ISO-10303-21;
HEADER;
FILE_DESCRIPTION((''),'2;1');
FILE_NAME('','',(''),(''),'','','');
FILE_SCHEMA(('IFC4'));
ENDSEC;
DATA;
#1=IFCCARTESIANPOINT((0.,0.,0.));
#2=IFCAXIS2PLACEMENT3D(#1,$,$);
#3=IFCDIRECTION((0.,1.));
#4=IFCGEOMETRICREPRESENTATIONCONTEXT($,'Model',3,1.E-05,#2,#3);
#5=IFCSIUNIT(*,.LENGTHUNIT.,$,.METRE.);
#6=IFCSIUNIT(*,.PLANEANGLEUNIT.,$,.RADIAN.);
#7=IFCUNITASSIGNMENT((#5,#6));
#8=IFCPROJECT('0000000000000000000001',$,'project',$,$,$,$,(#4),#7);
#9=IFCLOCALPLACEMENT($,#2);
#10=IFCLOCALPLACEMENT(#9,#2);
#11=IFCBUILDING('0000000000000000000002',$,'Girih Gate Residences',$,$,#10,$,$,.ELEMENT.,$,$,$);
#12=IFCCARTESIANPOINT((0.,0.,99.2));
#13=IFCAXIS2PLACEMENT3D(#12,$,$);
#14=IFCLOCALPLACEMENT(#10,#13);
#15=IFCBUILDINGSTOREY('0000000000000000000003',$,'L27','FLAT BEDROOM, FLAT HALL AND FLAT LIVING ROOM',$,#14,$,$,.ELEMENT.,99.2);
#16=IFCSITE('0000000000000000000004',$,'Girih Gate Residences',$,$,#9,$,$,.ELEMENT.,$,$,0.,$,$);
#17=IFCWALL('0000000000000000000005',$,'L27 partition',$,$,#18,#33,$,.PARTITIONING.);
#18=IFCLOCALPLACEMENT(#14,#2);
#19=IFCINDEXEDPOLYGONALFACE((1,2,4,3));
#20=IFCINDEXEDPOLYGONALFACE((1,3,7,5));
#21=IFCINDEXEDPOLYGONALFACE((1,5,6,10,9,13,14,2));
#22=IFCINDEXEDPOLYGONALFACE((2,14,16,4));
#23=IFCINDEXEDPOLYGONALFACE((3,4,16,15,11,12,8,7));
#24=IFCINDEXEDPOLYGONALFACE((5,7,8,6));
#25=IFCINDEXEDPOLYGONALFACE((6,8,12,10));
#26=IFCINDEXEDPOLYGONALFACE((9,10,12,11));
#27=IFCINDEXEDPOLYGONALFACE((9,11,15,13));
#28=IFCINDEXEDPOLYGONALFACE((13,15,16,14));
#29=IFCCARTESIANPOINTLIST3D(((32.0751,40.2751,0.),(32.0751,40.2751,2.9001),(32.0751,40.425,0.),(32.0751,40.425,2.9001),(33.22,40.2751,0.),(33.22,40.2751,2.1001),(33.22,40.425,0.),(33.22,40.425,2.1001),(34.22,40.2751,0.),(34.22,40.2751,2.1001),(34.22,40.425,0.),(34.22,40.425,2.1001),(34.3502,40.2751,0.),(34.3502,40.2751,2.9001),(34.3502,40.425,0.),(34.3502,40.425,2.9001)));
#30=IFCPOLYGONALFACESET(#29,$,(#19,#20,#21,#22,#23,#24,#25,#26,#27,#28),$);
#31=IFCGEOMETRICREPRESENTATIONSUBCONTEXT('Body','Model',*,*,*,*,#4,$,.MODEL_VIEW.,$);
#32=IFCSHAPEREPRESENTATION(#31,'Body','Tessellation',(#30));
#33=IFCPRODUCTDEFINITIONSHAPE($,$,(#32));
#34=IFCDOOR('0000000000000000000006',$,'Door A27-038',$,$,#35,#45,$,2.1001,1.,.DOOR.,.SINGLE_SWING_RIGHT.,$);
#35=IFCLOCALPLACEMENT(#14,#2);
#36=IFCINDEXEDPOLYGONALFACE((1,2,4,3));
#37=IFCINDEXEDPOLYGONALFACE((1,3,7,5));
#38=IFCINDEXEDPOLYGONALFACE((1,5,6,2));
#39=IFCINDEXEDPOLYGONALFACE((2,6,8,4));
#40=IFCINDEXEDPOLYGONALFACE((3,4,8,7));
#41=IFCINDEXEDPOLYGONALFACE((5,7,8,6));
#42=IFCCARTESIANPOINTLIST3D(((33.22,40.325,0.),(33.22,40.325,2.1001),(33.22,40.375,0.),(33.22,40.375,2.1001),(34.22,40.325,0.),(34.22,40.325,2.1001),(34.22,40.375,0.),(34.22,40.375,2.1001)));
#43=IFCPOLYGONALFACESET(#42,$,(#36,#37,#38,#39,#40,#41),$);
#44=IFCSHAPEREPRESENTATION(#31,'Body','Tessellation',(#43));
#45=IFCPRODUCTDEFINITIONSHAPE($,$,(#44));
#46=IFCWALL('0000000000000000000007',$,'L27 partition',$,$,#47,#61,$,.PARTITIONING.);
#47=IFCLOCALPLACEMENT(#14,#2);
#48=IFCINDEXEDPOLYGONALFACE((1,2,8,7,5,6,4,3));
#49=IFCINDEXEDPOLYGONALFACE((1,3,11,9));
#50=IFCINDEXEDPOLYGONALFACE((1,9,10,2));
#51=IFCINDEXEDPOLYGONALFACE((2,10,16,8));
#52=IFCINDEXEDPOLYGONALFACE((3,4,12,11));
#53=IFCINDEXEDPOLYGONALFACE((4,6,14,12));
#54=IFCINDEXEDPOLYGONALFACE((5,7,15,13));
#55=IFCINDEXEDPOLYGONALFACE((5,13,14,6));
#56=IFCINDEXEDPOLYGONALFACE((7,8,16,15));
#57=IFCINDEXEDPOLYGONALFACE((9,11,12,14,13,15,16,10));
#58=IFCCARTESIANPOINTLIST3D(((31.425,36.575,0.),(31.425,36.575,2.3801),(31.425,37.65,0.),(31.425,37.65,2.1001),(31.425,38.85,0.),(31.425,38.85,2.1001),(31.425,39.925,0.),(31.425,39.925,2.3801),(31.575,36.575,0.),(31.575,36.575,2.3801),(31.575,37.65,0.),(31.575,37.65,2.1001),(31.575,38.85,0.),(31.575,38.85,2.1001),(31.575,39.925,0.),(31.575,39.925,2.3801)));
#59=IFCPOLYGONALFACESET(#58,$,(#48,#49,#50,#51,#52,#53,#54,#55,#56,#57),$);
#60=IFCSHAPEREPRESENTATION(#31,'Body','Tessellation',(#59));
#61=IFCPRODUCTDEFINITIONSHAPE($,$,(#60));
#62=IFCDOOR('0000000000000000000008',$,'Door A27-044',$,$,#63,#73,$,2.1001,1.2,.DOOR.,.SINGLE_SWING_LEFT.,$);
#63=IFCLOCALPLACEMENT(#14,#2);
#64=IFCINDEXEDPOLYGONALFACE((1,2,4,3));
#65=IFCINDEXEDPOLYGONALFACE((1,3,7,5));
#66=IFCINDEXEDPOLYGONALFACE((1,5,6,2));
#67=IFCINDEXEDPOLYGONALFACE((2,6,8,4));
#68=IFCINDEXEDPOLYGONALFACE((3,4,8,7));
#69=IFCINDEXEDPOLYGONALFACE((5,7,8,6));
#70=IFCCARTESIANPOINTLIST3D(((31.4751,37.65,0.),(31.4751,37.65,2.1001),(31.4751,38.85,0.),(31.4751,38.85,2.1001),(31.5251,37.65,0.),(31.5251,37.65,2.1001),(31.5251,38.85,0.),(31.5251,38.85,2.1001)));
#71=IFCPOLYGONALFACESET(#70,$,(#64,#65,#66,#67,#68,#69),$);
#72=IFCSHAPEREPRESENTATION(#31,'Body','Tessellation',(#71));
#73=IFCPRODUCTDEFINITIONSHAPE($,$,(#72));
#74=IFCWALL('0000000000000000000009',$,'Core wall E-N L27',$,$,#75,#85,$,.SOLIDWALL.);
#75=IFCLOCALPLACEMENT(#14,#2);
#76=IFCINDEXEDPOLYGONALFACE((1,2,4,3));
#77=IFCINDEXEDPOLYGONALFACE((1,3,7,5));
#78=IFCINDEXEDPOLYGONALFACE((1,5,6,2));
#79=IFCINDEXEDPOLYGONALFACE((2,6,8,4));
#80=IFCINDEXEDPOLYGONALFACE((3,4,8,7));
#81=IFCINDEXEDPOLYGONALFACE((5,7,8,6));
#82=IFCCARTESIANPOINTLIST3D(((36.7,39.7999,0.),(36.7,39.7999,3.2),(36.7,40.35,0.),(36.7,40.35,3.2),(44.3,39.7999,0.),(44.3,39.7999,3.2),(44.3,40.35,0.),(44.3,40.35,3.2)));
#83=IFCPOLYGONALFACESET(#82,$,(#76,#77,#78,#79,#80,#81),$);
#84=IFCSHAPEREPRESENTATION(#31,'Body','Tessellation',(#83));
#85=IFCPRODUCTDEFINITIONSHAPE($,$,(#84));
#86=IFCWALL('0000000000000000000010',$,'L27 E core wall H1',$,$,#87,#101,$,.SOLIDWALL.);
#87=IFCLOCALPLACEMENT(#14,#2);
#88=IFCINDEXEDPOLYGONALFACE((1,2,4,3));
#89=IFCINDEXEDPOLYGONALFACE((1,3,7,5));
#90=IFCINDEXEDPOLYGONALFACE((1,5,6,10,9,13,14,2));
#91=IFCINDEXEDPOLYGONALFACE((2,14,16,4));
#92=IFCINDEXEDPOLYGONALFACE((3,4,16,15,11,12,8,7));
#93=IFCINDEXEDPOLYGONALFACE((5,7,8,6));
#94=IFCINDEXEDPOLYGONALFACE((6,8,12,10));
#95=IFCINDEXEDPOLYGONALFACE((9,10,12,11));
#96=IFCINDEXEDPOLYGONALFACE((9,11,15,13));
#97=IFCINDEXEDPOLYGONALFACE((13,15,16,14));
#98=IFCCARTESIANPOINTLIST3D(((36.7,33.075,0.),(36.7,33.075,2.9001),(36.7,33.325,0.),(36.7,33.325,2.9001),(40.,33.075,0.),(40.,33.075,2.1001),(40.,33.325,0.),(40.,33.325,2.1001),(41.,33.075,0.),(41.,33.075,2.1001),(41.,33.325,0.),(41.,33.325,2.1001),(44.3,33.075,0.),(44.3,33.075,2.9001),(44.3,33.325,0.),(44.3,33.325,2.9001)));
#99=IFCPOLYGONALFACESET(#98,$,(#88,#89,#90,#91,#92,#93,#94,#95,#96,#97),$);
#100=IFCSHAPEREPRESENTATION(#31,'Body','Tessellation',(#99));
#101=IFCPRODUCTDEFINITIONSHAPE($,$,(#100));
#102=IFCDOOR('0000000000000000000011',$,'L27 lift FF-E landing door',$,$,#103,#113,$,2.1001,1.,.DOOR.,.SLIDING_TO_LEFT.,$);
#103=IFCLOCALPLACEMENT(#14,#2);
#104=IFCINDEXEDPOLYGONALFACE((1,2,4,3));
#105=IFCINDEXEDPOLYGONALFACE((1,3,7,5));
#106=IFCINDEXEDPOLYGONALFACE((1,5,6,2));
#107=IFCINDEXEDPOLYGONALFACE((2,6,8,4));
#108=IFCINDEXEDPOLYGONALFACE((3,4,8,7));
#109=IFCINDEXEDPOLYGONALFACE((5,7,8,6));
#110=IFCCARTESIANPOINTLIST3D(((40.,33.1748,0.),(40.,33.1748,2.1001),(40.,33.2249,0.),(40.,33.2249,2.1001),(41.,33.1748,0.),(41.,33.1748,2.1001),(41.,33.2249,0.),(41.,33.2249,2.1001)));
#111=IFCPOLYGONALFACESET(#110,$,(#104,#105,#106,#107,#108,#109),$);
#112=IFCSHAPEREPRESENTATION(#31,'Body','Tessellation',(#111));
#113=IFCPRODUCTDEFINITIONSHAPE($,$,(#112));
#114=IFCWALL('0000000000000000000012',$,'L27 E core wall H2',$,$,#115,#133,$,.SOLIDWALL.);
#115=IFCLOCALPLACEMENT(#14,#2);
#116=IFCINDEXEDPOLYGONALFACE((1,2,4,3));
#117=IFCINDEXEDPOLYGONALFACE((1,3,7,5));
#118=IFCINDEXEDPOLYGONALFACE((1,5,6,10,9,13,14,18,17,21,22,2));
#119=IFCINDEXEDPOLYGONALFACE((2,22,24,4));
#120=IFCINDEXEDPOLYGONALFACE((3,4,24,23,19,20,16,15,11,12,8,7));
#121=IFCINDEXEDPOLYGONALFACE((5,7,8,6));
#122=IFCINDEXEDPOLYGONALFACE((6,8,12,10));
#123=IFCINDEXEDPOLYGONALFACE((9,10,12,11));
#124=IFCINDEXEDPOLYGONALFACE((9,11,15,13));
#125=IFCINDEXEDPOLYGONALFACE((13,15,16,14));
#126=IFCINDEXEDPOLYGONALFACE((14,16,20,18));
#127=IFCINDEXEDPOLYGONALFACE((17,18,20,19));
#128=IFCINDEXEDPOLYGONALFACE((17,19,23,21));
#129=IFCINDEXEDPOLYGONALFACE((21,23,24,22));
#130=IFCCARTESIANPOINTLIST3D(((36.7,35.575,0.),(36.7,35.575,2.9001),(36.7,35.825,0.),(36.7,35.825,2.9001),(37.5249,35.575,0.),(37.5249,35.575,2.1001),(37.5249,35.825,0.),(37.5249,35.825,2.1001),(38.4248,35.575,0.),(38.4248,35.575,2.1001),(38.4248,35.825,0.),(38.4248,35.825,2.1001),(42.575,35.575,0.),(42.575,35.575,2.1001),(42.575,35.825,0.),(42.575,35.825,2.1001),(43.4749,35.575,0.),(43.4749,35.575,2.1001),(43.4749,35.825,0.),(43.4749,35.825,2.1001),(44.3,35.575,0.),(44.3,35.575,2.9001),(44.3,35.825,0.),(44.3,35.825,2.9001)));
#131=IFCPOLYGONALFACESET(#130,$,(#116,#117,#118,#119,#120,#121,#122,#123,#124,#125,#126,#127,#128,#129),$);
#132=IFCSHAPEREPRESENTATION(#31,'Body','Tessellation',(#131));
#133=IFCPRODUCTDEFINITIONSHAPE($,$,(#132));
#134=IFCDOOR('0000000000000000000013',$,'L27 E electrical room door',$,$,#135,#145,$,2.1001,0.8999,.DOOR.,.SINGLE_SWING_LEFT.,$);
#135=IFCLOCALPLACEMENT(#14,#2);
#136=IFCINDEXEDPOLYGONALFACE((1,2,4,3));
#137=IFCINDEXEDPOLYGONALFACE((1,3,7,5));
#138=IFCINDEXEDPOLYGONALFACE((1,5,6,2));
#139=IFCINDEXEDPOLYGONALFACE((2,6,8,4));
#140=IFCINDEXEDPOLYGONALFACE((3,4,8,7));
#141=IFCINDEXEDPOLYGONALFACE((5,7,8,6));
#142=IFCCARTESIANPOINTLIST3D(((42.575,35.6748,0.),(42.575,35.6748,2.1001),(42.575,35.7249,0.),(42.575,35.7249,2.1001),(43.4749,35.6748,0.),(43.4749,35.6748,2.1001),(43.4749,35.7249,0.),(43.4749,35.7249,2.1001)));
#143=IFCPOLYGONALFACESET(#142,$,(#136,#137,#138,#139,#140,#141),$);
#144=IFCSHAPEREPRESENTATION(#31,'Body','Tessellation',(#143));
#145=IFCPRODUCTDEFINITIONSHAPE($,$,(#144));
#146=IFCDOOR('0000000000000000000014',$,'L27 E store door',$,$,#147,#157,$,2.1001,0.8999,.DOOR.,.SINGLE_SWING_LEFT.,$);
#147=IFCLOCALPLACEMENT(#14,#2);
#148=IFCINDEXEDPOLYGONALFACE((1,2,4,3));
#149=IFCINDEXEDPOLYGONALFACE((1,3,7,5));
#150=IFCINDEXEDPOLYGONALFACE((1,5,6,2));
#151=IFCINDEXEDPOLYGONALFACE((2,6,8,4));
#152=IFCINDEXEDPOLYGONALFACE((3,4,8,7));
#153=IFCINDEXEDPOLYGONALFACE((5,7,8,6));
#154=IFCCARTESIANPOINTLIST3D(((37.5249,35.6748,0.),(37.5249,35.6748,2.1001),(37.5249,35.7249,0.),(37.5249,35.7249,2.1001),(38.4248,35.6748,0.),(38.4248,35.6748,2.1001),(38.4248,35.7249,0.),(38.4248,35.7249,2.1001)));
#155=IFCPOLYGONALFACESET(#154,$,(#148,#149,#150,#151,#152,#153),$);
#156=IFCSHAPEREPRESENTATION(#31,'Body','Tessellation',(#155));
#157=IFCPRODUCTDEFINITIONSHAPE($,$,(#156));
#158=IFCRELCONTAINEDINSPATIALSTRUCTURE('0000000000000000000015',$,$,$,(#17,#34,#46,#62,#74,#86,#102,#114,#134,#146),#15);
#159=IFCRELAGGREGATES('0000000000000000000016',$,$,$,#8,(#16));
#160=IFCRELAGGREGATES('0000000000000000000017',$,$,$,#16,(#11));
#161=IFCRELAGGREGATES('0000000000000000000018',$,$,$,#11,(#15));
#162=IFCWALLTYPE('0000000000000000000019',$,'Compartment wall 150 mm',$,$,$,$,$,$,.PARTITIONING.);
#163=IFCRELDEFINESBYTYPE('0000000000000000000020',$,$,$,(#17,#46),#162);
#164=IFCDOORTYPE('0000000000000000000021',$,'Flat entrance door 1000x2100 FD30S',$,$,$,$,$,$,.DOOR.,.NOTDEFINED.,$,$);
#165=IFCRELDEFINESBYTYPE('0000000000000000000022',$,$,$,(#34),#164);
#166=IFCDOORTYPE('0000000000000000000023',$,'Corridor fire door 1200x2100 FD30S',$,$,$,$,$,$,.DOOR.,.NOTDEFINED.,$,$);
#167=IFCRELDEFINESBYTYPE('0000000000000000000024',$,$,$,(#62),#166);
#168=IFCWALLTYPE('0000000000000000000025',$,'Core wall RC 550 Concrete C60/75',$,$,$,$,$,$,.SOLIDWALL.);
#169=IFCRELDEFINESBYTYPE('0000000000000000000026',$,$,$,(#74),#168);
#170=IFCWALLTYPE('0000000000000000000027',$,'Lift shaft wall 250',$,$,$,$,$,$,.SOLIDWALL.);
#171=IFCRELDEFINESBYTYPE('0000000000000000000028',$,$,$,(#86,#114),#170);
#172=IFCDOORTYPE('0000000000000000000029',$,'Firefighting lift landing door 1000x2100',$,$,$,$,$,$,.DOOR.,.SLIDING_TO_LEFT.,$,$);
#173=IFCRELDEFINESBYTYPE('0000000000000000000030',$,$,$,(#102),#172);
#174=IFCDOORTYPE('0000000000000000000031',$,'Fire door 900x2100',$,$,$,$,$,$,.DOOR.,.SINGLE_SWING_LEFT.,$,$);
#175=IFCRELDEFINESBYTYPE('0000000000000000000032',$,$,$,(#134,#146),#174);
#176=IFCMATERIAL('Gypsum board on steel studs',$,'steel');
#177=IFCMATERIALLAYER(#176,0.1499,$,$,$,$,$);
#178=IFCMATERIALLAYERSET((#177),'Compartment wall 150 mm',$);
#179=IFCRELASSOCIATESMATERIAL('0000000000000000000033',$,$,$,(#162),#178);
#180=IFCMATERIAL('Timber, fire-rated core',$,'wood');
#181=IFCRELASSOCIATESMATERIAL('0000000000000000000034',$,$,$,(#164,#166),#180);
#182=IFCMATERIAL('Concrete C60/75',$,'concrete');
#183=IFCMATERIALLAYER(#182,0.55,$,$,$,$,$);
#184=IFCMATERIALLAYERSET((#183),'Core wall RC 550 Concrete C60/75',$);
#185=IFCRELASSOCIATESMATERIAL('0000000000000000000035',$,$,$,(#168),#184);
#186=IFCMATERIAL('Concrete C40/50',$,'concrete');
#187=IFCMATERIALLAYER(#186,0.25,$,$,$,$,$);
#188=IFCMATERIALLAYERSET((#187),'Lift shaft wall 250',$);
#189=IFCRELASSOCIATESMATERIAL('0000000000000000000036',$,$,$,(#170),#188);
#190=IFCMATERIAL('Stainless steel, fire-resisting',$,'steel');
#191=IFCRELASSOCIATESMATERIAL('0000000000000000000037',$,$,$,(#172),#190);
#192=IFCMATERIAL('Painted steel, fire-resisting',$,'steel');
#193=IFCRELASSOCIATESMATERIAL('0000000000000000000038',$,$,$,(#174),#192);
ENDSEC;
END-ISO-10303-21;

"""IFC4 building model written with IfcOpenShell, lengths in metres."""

from ifc_helpers import new_model, si_unit, direction, frame, frame_2d, origin, place, context, subcontext, project, spatial, rectangle, extrude, material, layer, layer_set, type_object, element, fill, save


model = new_model("IFC4")

# Units and contexts
model_context = context("Model", 3, precision=1e-05, world=origin(), true_north=direction((0.0, 1.0)))
body_context = subcontext(model_context, "Body", "Model", "MODEL_VIEW")
ifc_project = project(units=[si_unit("LENGTHUNIT", "METRE"), si_unit("PLANEANGLEUNIT", "RADIAN")], contexts=[model_context])

# Site, building, storey
site_placement = place(None, origin())
site = spatial("IfcSite", under=ifc_project, at=site_placement, Name="Girih Gate Residences", CompositionType="ELEMENT", RefElevation=0.0)
building_placement = place(site_placement, origin())
building = spatial("IfcBuilding", under=site, at=building_placement, Name="Girih Gate Residences", CompositionType="ELEMENT")
storey_placement = place(building_placement, frame((0.0, 0.0, 99.2)))
storey = spatial("IfcBuildingStorey", under=building, at=storey_placement, Name="L27", Description="FLAT BEDROOM, FLAT HALL AND FLAT LIVING ROOM", CompositionType="ELEMENT", Elevation=99.2)

# Walls, openings, doors
ifc_material_1 = material(Name="Gypsum board on steel studs", Category="steel")
ifc_layer_1 = layer(ifc_material_1, 0.1499)
ifc_layer_set_1 = layer_set([ifc_layer_1], Name="Compartment wall 150 mm")
wall_type_1 = type_object("IfcWallType", Name="Compartment wall 150 mm", PredefinedType="PARTITIONING", material=ifc_layer_set_1)
wall_1_placement = place(storey_placement, frame((32.075, 40.3501, 0.0), z_axis=(0.0, 0.0, 1.0), x_axis=(1.0, 0.0, 0.0)))
wall_1 = element("IfcWall", 1, at=wall_1_placement, inside=storey, type_object=wall_type_1, Name="L27 partition", PredefinedType="PARTITIONING", context=body_context, shape_type="SweptSolid", body=[
    extrude(rectangle(XDim=2.2751, YDim=0.1499, at=frame_2d((1.1377, 0.0))), origin(), (0.0, 0.0, 1.0), 2.9001),
])
opening_1_placement = place(wall_1_placement, frame((1.145, 0.0, 0.0)))
opening_1 = element("IfcOpeningElement", 2, at=opening_1_placement, cuts=wall_1, PredefinedType="OPENING", context=body_context, shape_type="SweptSolid", body=[
    extrude(rectangle(XDim=1.0, YDim=2.1001, at=frame_2d((0.5, 1.05))), frame((0.0, 0.085, 0.0), z_axis=(0.0, -1.0, 0.0), x_axis=(1.0, 0.0, 0.0)), (0.0, 0.0, 1.0), 0.1699),
])
ifc_material_2 = material(Name="Timber, fire-rated core", Category="wood")
door_type_1 = type_object("IfcDoorType", Name="Flat entrance door 1000x2100 FD30S", OperationType="NOTDEFINED", PredefinedType="DOOR", material=ifc_material_2)
door_1_placement = place(opening_1_placement, origin())
door_1 = element("IfcDoor", 3, at=door_1_placement, inside=storey, type_object=door_type_1, Name="Door A27-038", OperationType="SINGLE_SWING_RIGHT", OverallHeight=2.1001, OverallWidth=1.0, PredefinedType="DOOR", context=body_context, shape_type="SweptSolid", body=[
    extrude(rectangle(XDim=1.0, YDim=2.1001, at=frame_2d((0.5, 1.05))), frame((0.0, 0.0249, 0.0), z_axis=(0.0, -1.0, 0.0), x_axis=(1.0, 0.0, 0.0)), (0.0, 0.0, 1.0), 0.05),
])
fill(opening_1, door_1)
wall_2_placement = place(storey_placement, frame((31.5, 36.575, 0.0), z_axis=(0.0, 0.0, 1.0), x_axis=(0.0, 1.0, 0.0)))
wall_2 = element("IfcWall", 4, at=wall_2_placement, inside=storey, type_object=wall_type_1, Name="L27 partition", PredefinedType="PARTITIONING", context=body_context, shape_type="SweptSolid", body=[
    extrude(rectangle(XDim=3.3501, YDim=0.1499, at=frame_2d((1.675, 0.0))), origin(), (0.0, 0.0, 1.0), 2.3801),
])
opening_2_placement = place(wall_2_placement, frame((1.075, 0.0, 0.0)))
opening_2 = element("IfcOpeningElement", 5, at=opening_2_placement, cuts=wall_2, PredefinedType="OPENING", context=body_context, shape_type="SweptSolid", body=[
    extrude(rectangle(XDim=1.2, YDim=2.1001, at=frame_2d((0.6001, 1.05))), frame((0.0, 0.085, 0.0), z_axis=(0.0, -1.0, 0.0), x_axis=(1.0, 0.0, 0.0)), (0.0, 0.0, 1.0), 0.1699),
])
door_type_2 = type_object("IfcDoorType", Name="Corridor fire door 1200x2100 FD30S", OperationType="NOTDEFINED", PredefinedType="DOOR", material=ifc_material_2)
door_2_placement = place(opening_2_placement, origin())
door_2 = element("IfcDoor", 6, at=door_2_placement, inside=storey, type_object=door_type_2, Name="Door A27-044", OperationType="SINGLE_SWING_LEFT", OverallHeight=2.1001, OverallWidth=1.2, PredefinedType="DOOR", context=body_context, shape_type="SweptSolid", body=[
    extrude(rectangle(XDim=1.2, YDim=2.1001, at=frame_2d((0.6001, 1.05))), frame((0.0, 0.0249, 0.0), z_axis=(0.0, -1.0, 0.0), x_axis=(1.0, 0.0, 0.0)), (0.0, 0.0, 1.0), 0.05),
])
fill(opening_2, door_2)

# Wall
ifc_material_3 = material(Name="Concrete C60/75", Category="concrete")
ifc_layer_2 = layer(ifc_material_3, 0.55)
ifc_layer_set_2 = layer_set([ifc_layer_2], Name="Core wall RC 550 Concrete C60/75")
wall_type_2 = type_object("IfcWallType", Name="Core wall RC 550 Concrete C60/75", PredefinedType="SOLIDWALL", material=ifc_layer_set_2)
wall_3_placement = place(storey_placement, frame((36.7, 40.075, 0.0), z_axis=(0.0, 0.0, 1.0), x_axis=(1.0, 0.0, 0.0)))
element("IfcWall", 7, at=wall_3_placement, inside=storey, type_object=wall_type_2, Name="Core wall E-N L27", PredefinedType="SOLIDWALL", context=body_context, shape_type="SweptSolid", body=[
    extrude(rectangle(XDim=7.6001, YDim=0.55, at=frame_2d((3.8, 0.0))), origin(), (0.0, 0.0, 1.0), 3.2),
])

# Wall, opening, door
ifc_material_4 = material(Name="Concrete C40/50", Category="concrete")
ifc_layer_3 = layer(ifc_material_4, 0.25)
ifc_layer_set_3 = layer_set([ifc_layer_3], Name="Lift shaft wall 250")
wall_type_3 = type_object("IfcWallType", Name="Lift shaft wall 250", PredefinedType="SOLIDWALL", material=ifc_layer_set_3)
wall_4_placement = place(storey_placement, frame((36.7, 33.2, 0.0), z_axis=(0.0, 0.0, 1.0), x_axis=(1.0, 0.0, 0.0)))
wall_4 = element("IfcWall", 8, at=wall_4_placement, inside=storey, type_object=wall_type_3, Name="L27 E core wall H1", PredefinedType="SOLIDWALL", context=body_context, shape_type="SweptSolid", body=[
    extrude(rectangle(XDim=7.6001, YDim=0.25, at=frame_2d((3.8, 0.0))), origin(), (0.0, 0.0, 1.0), 2.9001),
])
opening_3_placement = place(wall_4_placement, frame((3.3, 0.0, 0.0)))
opening_3 = element("IfcOpeningElement", 9, at=opening_3_placement, cuts=wall_4, PredefinedType="OPENING", context=body_context, shape_type="SweptSolid", body=[
    extrude(rectangle(XDim=1.0, YDim=2.1001, at=frame_2d((0.5, 1.05))), frame((0.0, 0.135, 0.0), z_axis=(0.0, -1.0, 0.0), x_axis=(1.0, 0.0, 0.0)), (0.0, 0.0, 1.0), 0.27),
])
ifc_material_5 = material(Name="Stainless steel, fire-resisting", Category="steel")
door_type_3 = type_object("IfcDoorType", Name="Firefighting lift landing door 1000x2100", OperationType="SLIDING_TO_LEFT", PredefinedType="DOOR", material=ifc_material_5)
door_3_placement = place(opening_3_placement, origin())
door_3 = element("IfcDoor", 10, at=door_3_placement, inside=storey, type_object=door_type_3, Name="L27 lift FF-E landing door", OperationType="SLIDING_TO_LEFT", OverallHeight=2.1001, OverallWidth=1.0, PredefinedType="DOOR", context=body_context, shape_type="SweptSolid", body=[
    extrude(rectangle(XDim=1.0, YDim=2.1001, at=frame_2d((0.5, 1.05))), frame((0.0, 0.0249, 0.0), z_axis=(0.0, -1.0, 0.0), x_axis=(1.0, 0.0, 0.0)), (0.0, 0.0, 1.0), 0.05),
])
fill(opening_3, door_3)

# Wall, openings, doors
wall_5_placement = place(storey_placement, frame((36.7, 35.7, 0.0), z_axis=(0.0, 0.0, 1.0), x_axis=(1.0, 0.0, 0.0)))
wall_5 = element("IfcWall", 11, at=wall_5_placement, inside=storey, type_object=wall_type_3, Name="L27 E core wall H2", PredefinedType="SOLIDWALL", context=body_context, shape_type="SweptSolid", body=[
    extrude(rectangle(XDim=7.6001, YDim=0.25, at=frame_2d((3.8, 0.0))), origin(), (0.0, 0.0, 1.0), 2.9001),
])
opening_4_placement = place(wall_5_placement, frame((5.875, 0.0, 0.0)))
opening_4 = element("IfcOpeningElement", 12, at=opening_4_placement, cuts=wall_5, PredefinedType="OPENING", context=body_context, shape_type="SweptSolid", body=[
    extrude(rectangle(XDim=0.8999, YDim=2.1001, at=frame_2d((0.45, 1.05))), frame((0.0, 0.135, 0.0), z_axis=(0.0, -1.0, 0.0), x_axis=(1.0, 0.0, 0.0)), (0.0, 0.0, 1.0), 0.27),
])
opening_5_placement = place(wall_5_placement, frame((0.825, 0.0, 0.0)))
opening_5 = element("IfcOpeningElement", 13, at=opening_5_placement, cuts=wall_5, PredefinedType="OPENING", context=body_context, shape_type="SweptSolid", body=[
    extrude(rectangle(XDim=0.8999, YDim=2.1001, at=frame_2d((0.45, 1.05))), frame((0.0, 0.135, 0.0), z_axis=(0.0, -1.0, 0.0), x_axis=(1.0, 0.0, 0.0)), (0.0, 0.0, 1.0), 0.27),
])
ifc_material_6 = material(Name="Painted steel, fire-resisting", Category="steel")
door_type_4 = type_object("IfcDoorType", Name="Fire door 900x2100", OperationType="SINGLE_SWING_LEFT", PredefinedType="DOOR", material=ifc_material_6)
door_4_placement = place(opening_4_placement, origin())
door_4 = element("IfcDoor", 14, at=door_4_placement, inside=storey, type_object=door_type_4, Name="L27 E electrical room door", OperationType="SINGLE_SWING_LEFT", OverallHeight=2.1001, OverallWidth=0.8999, PredefinedType="DOOR", context=body_context, shape_type="SweptSolid", body=[
    extrude(rectangle(XDim=0.8999, YDim=2.1001, at=frame_2d((0.45, 1.05))), frame((0.0, 0.0249, 0.0), z_axis=(0.0, -1.0, 0.0), x_axis=(1.0, 0.0, 0.0)), (0.0, 0.0, 1.0), 0.05),
])
fill(opening_4, door_4)
door_5_placement = place(opening_5_placement, origin())
door_5 = element("IfcDoor", 15, at=door_5_placement, inside=storey, type_object=door_type_4, Name="L27 E store door", OperationType="SINGLE_SWING_LEFT", OverallHeight=2.1001, OverallWidth=0.8999, PredefinedType="DOOR", context=body_context, shape_type="SweptSolid", body=[
    extrude(rectangle(XDim=0.8999, YDim=2.1001, at=frame_2d((0.45, 1.05))), frame((0.0, 0.0249, 0.0), z_axis=(0.0, -1.0, 0.0), x_axis=(1.0, 0.0, 0.0)), (0.0, 0.0, 1.0), 0.05),
])
fill(opening_5, door_5)

save(model, "model.ifc")
